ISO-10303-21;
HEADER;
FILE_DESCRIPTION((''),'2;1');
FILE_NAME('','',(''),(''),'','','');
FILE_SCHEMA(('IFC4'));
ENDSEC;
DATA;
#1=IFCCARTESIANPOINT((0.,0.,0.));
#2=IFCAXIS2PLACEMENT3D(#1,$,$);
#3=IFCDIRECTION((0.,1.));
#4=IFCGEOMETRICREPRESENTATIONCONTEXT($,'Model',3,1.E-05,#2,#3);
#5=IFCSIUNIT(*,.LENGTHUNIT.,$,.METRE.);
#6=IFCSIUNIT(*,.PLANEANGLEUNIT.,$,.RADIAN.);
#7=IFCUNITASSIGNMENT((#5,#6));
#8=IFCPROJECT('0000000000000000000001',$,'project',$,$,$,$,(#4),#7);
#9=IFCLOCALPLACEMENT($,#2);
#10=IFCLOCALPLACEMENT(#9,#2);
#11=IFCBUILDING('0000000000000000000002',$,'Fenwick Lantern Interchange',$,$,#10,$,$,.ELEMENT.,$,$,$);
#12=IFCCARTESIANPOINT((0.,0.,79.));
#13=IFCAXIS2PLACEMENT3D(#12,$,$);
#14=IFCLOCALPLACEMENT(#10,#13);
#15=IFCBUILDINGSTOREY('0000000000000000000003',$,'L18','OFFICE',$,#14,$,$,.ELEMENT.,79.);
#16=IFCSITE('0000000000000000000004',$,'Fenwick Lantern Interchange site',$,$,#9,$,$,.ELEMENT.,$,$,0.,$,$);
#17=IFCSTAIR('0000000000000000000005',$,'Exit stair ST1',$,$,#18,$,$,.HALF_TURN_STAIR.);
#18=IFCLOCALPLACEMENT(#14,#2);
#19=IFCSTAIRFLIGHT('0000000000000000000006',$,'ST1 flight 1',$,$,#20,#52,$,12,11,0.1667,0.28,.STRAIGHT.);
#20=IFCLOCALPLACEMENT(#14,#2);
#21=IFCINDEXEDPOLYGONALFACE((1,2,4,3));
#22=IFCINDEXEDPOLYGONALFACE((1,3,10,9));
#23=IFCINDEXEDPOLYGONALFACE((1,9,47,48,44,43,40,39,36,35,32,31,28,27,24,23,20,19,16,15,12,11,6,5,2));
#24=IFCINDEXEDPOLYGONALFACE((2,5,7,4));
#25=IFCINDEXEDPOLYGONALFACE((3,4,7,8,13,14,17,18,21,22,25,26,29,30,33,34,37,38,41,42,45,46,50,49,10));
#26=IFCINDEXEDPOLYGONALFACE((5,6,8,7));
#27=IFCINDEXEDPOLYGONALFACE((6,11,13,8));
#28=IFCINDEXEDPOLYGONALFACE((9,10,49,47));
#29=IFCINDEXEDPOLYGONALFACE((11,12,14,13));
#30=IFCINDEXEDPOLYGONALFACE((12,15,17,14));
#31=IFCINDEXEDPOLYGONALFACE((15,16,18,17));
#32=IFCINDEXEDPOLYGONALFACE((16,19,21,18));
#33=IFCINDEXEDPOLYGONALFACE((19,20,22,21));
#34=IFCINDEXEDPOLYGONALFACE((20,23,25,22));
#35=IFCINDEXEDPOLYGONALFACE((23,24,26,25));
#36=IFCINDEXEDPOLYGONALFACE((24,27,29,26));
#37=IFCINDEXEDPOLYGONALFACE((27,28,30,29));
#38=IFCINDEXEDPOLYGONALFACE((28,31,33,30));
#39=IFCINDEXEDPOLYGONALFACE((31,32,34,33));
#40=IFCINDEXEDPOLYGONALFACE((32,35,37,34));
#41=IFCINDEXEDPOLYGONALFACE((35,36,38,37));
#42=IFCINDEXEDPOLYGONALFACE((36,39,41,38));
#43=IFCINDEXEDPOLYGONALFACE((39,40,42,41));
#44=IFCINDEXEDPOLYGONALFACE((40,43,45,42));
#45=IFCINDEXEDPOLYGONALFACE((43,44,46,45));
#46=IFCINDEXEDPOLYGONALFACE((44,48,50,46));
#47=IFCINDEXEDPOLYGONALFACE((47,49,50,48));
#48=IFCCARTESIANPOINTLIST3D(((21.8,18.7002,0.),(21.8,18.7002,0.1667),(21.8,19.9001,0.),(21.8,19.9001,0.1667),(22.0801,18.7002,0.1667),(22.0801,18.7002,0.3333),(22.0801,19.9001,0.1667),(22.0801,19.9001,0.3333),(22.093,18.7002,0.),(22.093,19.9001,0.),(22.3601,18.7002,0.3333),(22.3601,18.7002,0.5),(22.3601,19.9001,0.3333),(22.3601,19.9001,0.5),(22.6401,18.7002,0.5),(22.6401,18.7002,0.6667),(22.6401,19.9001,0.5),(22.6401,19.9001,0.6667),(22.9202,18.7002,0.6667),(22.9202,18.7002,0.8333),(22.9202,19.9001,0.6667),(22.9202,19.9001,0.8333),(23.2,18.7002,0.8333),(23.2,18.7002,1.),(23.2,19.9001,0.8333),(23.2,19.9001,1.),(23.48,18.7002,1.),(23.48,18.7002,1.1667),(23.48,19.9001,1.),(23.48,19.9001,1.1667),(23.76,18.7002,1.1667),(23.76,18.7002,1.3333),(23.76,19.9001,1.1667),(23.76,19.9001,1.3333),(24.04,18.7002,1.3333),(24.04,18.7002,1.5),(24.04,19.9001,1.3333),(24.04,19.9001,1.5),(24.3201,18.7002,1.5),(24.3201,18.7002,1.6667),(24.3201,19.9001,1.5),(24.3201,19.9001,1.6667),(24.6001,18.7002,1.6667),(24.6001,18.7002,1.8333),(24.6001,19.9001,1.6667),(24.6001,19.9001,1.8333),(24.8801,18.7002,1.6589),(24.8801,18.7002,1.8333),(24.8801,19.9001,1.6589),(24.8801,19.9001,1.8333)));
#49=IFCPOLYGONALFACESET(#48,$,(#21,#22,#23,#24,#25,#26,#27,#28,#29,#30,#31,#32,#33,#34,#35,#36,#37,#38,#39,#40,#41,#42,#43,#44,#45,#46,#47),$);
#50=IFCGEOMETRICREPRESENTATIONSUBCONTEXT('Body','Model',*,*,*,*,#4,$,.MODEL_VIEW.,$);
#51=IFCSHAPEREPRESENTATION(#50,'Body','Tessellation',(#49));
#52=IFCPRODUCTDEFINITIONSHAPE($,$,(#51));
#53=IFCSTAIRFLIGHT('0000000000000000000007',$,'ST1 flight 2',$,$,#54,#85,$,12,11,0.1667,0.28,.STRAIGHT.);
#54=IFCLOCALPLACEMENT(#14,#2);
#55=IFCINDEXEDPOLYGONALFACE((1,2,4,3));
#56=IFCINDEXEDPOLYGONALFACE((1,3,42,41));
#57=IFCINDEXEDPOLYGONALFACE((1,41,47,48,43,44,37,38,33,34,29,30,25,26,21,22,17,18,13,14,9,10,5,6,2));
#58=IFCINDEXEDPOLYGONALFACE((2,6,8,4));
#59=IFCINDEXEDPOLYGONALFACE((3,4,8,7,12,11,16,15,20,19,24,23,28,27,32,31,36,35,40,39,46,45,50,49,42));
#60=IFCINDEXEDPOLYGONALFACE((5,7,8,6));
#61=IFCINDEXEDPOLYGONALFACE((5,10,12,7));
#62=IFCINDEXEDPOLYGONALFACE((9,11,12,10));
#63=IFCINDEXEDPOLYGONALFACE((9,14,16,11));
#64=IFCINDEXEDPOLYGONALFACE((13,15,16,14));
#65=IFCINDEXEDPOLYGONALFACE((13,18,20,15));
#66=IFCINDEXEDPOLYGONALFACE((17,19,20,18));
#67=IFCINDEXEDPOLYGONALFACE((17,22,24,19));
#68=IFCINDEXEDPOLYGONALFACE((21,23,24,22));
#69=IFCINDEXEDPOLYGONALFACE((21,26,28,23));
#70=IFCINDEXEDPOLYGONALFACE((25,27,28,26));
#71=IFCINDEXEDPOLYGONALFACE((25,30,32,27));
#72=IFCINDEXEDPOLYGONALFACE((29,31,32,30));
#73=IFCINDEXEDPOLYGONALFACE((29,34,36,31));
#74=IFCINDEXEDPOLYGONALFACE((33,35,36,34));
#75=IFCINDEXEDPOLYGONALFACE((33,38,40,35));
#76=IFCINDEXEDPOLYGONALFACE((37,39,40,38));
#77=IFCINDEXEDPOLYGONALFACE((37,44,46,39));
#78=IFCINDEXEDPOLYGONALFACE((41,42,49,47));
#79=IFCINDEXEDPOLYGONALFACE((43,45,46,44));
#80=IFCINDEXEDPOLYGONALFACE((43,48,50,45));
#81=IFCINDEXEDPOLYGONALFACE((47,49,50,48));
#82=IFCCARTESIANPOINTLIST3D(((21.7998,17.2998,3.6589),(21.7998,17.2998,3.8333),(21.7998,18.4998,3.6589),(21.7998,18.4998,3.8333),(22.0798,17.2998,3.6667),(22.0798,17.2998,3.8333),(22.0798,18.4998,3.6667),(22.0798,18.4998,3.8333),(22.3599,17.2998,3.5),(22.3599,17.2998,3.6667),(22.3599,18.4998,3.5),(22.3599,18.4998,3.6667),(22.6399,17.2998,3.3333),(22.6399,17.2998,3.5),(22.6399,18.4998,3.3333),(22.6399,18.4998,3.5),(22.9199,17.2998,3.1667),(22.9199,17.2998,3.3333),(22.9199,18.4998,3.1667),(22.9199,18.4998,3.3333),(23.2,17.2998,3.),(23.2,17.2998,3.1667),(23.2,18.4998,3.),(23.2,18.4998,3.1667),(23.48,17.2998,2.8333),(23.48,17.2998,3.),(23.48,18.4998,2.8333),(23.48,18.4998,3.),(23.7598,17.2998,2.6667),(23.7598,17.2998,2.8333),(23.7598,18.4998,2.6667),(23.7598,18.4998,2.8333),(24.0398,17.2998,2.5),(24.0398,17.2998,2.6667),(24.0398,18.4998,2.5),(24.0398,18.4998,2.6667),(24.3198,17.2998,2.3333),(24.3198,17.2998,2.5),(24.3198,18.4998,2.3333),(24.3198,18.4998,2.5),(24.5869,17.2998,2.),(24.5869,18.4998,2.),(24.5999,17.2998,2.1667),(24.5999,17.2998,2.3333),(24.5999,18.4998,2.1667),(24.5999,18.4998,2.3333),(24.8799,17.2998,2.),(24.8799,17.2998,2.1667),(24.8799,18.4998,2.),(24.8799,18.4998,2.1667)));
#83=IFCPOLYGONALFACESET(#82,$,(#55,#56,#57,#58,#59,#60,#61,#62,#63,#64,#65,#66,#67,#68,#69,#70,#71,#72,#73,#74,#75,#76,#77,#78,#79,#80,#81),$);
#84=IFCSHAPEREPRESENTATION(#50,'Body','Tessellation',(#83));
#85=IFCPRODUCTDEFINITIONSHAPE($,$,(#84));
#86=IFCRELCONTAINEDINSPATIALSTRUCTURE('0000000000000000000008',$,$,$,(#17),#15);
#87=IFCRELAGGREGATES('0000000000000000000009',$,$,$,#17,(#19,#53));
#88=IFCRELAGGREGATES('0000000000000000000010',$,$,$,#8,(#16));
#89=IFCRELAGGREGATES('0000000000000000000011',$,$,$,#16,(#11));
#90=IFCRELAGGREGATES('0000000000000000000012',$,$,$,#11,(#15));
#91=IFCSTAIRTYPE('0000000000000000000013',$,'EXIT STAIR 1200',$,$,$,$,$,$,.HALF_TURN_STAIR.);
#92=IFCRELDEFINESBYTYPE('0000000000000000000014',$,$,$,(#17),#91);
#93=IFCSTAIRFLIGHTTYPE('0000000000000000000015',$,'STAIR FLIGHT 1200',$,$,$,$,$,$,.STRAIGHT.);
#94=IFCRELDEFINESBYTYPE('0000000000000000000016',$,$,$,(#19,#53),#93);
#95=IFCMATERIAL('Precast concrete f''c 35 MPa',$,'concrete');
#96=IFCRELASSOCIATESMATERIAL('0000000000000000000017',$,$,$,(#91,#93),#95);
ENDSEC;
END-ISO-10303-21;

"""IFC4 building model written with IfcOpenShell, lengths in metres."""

from ifc_helpers import new_model, si_unit, direction, frame, origin, place, context, subcontext, project, spatial, polyline, outline, extrude, material, type_object, element, aggregate, save


model = new_model("IFC4")

# Units and contexts
model_context = context("Model", 3, precision=1e-05, world=origin(), true_north=direction((0.0, 1.0)))
body_context = subcontext(model_context, "Body", "Model", "MODEL_VIEW")
ifc_project = project(units=[si_unit("LENGTHUNIT", "METRE"), si_unit("PLANEANGLEUNIT", "RADIAN")], contexts=[model_context])

# Site, building, storey
site_placement = place(None, origin())
site = spatial("IfcSite", under=ifc_project, at=site_placement, Name="Fenwick Lantern Interchange site", CompositionType="ELEMENT", RefElevation=0.0)
building_placement = place(site_placement, origin())
building = spatial("IfcBuilding", under=site, at=building_placement, Name="Fenwick Lantern Interchange", CompositionType="ELEMENT")
storey_placement = place(building_placement, frame((0.0, 0.0, 79.0)))
storey = spatial("IfcBuildingStorey", under=building, at=storey_placement, Name="L18", Description="OFFICE", CompositionType="ELEMENT", Elevation=79.0)

# Stair, stair flights
ifc_material_1 = material(Name="Precast concrete f'c 35 MPa", Category="concrete")
stair_type = type_object("IfcStairType", Name="EXIT STAIR 1200", PredefinedType="HALF_TURN_STAIR", material=ifc_material_1)
stair_placement = place(storey_placement, origin())
stair = element("IfcStair", 1, at=stair_placement, inside=storey, type_object=stair_type, Name="Exit stair ST1", PredefinedType="HALF_TURN_STAIR")
stair_flight_type = type_object("IfcStairFlightType", Name="STAIR FLIGHT 1200", PredefinedType="STRAIGHT", material=ifc_material_1)
stair_flight_1_placement = place(storey_placement, frame((21.8, 19.3, 0.0), z_axis=(0.0, 0.0, 1.0), x_axis=(1.0, 0.0, 0.0)))
stair_flight_1 = element("IfcStairFlight", 2, at=stair_flight_1_placement, type_object=stair_flight_type, Name="ST1 flight 1", NumberOfRisers=12, NumberOfTreads=11, PredefinedType="STRAIGHT", RiserHeight=0.1667, TreadLength=0.28, context=body_context, shape_type="SweptSolid", body=[
    extrude(outline(polyline([(0.0, 0.0), (0.0, 0.1667), (0.28, 0.1667), (0.28, 0.3333), (0.5601, 0.3333), (0.5601, 0.5), (0.8401, 0.5), (0.8401, 0.6667), (1.1201, 0.6667), (1.1201, 0.8333), (1.3999, 0.8333), (1.3999, 1.0), (1.6799, 1.0), (1.6799, 1.1667), (1.96, 1.1667), (1.96, 1.3333), (2.24, 1.3333), (2.24, 1.5), (2.52, 1.5), (2.52, 1.6667), (2.8, 1.6667), (2.8, 1.8333), (3.0801, 1.8333), (3.0801, 2.0), (3.0801, 1.6589), (0.293, 0.0), (0.0, 0.0)])), frame((0.0, 0.6001, 0.0), z_axis=(0.0, -1.0, 0.0), x_axis=(1.0, 0.0, 0.0)), (0.0, 0.0, 1.0), 1.2),
])
stair_flight_2_placement = place(storey_placement, frame((24.8799, 17.8999, 2.0), z_axis=(0.0, 0.0, 1.0), x_axis=(-1.0, 0.0, 0.0)))
stair_flight_2 = element("IfcStairFlight", 3, at=stair_flight_2_placement, type_object=stair_flight_type, Name="ST1 flight 2", NumberOfRisers=12, NumberOfTreads=11, PredefinedType="STRAIGHT", RiserHeight=0.1667, TreadLength=0.28, context=body_context, shape_type="SweptSolid", body=[
    extrude(outline(polyline([(0.0, 0.0), (0.0, 0.1667), (0.28, 0.1667), (0.28, 0.3333), (0.5601, 0.3333), (0.5601, 0.5), (0.8401, 0.5), (0.8401, 0.6667), (1.1201, 0.6667), (1.1201, 0.8333), (1.3999, 0.8333), (1.3999, 1.0), (1.6799, 1.0), (1.6799, 1.1667), (1.96, 1.1667), (1.96, 1.3333), (2.24, 1.3333), (2.24, 1.5), (2.52, 1.5), (2.52, 1.6667), (2.8, 1.6667), (2.8, 1.8333), (3.0801, 1.8333), (3.0801, 2.0), (3.0801, 1.6589), (0.293, 0.0), (0.0, 0.0)])), frame((0.0, 0.6001, 0.0), z_axis=(0.0, -1.0, 0.0), x_axis=(1.0, 0.0, 0.0)), (0.0, 0.0, 1.0), 1.2),
])
aggregate(stair, [stair_flight_1, stair_flight_2])

save(model, "model.ifc")
